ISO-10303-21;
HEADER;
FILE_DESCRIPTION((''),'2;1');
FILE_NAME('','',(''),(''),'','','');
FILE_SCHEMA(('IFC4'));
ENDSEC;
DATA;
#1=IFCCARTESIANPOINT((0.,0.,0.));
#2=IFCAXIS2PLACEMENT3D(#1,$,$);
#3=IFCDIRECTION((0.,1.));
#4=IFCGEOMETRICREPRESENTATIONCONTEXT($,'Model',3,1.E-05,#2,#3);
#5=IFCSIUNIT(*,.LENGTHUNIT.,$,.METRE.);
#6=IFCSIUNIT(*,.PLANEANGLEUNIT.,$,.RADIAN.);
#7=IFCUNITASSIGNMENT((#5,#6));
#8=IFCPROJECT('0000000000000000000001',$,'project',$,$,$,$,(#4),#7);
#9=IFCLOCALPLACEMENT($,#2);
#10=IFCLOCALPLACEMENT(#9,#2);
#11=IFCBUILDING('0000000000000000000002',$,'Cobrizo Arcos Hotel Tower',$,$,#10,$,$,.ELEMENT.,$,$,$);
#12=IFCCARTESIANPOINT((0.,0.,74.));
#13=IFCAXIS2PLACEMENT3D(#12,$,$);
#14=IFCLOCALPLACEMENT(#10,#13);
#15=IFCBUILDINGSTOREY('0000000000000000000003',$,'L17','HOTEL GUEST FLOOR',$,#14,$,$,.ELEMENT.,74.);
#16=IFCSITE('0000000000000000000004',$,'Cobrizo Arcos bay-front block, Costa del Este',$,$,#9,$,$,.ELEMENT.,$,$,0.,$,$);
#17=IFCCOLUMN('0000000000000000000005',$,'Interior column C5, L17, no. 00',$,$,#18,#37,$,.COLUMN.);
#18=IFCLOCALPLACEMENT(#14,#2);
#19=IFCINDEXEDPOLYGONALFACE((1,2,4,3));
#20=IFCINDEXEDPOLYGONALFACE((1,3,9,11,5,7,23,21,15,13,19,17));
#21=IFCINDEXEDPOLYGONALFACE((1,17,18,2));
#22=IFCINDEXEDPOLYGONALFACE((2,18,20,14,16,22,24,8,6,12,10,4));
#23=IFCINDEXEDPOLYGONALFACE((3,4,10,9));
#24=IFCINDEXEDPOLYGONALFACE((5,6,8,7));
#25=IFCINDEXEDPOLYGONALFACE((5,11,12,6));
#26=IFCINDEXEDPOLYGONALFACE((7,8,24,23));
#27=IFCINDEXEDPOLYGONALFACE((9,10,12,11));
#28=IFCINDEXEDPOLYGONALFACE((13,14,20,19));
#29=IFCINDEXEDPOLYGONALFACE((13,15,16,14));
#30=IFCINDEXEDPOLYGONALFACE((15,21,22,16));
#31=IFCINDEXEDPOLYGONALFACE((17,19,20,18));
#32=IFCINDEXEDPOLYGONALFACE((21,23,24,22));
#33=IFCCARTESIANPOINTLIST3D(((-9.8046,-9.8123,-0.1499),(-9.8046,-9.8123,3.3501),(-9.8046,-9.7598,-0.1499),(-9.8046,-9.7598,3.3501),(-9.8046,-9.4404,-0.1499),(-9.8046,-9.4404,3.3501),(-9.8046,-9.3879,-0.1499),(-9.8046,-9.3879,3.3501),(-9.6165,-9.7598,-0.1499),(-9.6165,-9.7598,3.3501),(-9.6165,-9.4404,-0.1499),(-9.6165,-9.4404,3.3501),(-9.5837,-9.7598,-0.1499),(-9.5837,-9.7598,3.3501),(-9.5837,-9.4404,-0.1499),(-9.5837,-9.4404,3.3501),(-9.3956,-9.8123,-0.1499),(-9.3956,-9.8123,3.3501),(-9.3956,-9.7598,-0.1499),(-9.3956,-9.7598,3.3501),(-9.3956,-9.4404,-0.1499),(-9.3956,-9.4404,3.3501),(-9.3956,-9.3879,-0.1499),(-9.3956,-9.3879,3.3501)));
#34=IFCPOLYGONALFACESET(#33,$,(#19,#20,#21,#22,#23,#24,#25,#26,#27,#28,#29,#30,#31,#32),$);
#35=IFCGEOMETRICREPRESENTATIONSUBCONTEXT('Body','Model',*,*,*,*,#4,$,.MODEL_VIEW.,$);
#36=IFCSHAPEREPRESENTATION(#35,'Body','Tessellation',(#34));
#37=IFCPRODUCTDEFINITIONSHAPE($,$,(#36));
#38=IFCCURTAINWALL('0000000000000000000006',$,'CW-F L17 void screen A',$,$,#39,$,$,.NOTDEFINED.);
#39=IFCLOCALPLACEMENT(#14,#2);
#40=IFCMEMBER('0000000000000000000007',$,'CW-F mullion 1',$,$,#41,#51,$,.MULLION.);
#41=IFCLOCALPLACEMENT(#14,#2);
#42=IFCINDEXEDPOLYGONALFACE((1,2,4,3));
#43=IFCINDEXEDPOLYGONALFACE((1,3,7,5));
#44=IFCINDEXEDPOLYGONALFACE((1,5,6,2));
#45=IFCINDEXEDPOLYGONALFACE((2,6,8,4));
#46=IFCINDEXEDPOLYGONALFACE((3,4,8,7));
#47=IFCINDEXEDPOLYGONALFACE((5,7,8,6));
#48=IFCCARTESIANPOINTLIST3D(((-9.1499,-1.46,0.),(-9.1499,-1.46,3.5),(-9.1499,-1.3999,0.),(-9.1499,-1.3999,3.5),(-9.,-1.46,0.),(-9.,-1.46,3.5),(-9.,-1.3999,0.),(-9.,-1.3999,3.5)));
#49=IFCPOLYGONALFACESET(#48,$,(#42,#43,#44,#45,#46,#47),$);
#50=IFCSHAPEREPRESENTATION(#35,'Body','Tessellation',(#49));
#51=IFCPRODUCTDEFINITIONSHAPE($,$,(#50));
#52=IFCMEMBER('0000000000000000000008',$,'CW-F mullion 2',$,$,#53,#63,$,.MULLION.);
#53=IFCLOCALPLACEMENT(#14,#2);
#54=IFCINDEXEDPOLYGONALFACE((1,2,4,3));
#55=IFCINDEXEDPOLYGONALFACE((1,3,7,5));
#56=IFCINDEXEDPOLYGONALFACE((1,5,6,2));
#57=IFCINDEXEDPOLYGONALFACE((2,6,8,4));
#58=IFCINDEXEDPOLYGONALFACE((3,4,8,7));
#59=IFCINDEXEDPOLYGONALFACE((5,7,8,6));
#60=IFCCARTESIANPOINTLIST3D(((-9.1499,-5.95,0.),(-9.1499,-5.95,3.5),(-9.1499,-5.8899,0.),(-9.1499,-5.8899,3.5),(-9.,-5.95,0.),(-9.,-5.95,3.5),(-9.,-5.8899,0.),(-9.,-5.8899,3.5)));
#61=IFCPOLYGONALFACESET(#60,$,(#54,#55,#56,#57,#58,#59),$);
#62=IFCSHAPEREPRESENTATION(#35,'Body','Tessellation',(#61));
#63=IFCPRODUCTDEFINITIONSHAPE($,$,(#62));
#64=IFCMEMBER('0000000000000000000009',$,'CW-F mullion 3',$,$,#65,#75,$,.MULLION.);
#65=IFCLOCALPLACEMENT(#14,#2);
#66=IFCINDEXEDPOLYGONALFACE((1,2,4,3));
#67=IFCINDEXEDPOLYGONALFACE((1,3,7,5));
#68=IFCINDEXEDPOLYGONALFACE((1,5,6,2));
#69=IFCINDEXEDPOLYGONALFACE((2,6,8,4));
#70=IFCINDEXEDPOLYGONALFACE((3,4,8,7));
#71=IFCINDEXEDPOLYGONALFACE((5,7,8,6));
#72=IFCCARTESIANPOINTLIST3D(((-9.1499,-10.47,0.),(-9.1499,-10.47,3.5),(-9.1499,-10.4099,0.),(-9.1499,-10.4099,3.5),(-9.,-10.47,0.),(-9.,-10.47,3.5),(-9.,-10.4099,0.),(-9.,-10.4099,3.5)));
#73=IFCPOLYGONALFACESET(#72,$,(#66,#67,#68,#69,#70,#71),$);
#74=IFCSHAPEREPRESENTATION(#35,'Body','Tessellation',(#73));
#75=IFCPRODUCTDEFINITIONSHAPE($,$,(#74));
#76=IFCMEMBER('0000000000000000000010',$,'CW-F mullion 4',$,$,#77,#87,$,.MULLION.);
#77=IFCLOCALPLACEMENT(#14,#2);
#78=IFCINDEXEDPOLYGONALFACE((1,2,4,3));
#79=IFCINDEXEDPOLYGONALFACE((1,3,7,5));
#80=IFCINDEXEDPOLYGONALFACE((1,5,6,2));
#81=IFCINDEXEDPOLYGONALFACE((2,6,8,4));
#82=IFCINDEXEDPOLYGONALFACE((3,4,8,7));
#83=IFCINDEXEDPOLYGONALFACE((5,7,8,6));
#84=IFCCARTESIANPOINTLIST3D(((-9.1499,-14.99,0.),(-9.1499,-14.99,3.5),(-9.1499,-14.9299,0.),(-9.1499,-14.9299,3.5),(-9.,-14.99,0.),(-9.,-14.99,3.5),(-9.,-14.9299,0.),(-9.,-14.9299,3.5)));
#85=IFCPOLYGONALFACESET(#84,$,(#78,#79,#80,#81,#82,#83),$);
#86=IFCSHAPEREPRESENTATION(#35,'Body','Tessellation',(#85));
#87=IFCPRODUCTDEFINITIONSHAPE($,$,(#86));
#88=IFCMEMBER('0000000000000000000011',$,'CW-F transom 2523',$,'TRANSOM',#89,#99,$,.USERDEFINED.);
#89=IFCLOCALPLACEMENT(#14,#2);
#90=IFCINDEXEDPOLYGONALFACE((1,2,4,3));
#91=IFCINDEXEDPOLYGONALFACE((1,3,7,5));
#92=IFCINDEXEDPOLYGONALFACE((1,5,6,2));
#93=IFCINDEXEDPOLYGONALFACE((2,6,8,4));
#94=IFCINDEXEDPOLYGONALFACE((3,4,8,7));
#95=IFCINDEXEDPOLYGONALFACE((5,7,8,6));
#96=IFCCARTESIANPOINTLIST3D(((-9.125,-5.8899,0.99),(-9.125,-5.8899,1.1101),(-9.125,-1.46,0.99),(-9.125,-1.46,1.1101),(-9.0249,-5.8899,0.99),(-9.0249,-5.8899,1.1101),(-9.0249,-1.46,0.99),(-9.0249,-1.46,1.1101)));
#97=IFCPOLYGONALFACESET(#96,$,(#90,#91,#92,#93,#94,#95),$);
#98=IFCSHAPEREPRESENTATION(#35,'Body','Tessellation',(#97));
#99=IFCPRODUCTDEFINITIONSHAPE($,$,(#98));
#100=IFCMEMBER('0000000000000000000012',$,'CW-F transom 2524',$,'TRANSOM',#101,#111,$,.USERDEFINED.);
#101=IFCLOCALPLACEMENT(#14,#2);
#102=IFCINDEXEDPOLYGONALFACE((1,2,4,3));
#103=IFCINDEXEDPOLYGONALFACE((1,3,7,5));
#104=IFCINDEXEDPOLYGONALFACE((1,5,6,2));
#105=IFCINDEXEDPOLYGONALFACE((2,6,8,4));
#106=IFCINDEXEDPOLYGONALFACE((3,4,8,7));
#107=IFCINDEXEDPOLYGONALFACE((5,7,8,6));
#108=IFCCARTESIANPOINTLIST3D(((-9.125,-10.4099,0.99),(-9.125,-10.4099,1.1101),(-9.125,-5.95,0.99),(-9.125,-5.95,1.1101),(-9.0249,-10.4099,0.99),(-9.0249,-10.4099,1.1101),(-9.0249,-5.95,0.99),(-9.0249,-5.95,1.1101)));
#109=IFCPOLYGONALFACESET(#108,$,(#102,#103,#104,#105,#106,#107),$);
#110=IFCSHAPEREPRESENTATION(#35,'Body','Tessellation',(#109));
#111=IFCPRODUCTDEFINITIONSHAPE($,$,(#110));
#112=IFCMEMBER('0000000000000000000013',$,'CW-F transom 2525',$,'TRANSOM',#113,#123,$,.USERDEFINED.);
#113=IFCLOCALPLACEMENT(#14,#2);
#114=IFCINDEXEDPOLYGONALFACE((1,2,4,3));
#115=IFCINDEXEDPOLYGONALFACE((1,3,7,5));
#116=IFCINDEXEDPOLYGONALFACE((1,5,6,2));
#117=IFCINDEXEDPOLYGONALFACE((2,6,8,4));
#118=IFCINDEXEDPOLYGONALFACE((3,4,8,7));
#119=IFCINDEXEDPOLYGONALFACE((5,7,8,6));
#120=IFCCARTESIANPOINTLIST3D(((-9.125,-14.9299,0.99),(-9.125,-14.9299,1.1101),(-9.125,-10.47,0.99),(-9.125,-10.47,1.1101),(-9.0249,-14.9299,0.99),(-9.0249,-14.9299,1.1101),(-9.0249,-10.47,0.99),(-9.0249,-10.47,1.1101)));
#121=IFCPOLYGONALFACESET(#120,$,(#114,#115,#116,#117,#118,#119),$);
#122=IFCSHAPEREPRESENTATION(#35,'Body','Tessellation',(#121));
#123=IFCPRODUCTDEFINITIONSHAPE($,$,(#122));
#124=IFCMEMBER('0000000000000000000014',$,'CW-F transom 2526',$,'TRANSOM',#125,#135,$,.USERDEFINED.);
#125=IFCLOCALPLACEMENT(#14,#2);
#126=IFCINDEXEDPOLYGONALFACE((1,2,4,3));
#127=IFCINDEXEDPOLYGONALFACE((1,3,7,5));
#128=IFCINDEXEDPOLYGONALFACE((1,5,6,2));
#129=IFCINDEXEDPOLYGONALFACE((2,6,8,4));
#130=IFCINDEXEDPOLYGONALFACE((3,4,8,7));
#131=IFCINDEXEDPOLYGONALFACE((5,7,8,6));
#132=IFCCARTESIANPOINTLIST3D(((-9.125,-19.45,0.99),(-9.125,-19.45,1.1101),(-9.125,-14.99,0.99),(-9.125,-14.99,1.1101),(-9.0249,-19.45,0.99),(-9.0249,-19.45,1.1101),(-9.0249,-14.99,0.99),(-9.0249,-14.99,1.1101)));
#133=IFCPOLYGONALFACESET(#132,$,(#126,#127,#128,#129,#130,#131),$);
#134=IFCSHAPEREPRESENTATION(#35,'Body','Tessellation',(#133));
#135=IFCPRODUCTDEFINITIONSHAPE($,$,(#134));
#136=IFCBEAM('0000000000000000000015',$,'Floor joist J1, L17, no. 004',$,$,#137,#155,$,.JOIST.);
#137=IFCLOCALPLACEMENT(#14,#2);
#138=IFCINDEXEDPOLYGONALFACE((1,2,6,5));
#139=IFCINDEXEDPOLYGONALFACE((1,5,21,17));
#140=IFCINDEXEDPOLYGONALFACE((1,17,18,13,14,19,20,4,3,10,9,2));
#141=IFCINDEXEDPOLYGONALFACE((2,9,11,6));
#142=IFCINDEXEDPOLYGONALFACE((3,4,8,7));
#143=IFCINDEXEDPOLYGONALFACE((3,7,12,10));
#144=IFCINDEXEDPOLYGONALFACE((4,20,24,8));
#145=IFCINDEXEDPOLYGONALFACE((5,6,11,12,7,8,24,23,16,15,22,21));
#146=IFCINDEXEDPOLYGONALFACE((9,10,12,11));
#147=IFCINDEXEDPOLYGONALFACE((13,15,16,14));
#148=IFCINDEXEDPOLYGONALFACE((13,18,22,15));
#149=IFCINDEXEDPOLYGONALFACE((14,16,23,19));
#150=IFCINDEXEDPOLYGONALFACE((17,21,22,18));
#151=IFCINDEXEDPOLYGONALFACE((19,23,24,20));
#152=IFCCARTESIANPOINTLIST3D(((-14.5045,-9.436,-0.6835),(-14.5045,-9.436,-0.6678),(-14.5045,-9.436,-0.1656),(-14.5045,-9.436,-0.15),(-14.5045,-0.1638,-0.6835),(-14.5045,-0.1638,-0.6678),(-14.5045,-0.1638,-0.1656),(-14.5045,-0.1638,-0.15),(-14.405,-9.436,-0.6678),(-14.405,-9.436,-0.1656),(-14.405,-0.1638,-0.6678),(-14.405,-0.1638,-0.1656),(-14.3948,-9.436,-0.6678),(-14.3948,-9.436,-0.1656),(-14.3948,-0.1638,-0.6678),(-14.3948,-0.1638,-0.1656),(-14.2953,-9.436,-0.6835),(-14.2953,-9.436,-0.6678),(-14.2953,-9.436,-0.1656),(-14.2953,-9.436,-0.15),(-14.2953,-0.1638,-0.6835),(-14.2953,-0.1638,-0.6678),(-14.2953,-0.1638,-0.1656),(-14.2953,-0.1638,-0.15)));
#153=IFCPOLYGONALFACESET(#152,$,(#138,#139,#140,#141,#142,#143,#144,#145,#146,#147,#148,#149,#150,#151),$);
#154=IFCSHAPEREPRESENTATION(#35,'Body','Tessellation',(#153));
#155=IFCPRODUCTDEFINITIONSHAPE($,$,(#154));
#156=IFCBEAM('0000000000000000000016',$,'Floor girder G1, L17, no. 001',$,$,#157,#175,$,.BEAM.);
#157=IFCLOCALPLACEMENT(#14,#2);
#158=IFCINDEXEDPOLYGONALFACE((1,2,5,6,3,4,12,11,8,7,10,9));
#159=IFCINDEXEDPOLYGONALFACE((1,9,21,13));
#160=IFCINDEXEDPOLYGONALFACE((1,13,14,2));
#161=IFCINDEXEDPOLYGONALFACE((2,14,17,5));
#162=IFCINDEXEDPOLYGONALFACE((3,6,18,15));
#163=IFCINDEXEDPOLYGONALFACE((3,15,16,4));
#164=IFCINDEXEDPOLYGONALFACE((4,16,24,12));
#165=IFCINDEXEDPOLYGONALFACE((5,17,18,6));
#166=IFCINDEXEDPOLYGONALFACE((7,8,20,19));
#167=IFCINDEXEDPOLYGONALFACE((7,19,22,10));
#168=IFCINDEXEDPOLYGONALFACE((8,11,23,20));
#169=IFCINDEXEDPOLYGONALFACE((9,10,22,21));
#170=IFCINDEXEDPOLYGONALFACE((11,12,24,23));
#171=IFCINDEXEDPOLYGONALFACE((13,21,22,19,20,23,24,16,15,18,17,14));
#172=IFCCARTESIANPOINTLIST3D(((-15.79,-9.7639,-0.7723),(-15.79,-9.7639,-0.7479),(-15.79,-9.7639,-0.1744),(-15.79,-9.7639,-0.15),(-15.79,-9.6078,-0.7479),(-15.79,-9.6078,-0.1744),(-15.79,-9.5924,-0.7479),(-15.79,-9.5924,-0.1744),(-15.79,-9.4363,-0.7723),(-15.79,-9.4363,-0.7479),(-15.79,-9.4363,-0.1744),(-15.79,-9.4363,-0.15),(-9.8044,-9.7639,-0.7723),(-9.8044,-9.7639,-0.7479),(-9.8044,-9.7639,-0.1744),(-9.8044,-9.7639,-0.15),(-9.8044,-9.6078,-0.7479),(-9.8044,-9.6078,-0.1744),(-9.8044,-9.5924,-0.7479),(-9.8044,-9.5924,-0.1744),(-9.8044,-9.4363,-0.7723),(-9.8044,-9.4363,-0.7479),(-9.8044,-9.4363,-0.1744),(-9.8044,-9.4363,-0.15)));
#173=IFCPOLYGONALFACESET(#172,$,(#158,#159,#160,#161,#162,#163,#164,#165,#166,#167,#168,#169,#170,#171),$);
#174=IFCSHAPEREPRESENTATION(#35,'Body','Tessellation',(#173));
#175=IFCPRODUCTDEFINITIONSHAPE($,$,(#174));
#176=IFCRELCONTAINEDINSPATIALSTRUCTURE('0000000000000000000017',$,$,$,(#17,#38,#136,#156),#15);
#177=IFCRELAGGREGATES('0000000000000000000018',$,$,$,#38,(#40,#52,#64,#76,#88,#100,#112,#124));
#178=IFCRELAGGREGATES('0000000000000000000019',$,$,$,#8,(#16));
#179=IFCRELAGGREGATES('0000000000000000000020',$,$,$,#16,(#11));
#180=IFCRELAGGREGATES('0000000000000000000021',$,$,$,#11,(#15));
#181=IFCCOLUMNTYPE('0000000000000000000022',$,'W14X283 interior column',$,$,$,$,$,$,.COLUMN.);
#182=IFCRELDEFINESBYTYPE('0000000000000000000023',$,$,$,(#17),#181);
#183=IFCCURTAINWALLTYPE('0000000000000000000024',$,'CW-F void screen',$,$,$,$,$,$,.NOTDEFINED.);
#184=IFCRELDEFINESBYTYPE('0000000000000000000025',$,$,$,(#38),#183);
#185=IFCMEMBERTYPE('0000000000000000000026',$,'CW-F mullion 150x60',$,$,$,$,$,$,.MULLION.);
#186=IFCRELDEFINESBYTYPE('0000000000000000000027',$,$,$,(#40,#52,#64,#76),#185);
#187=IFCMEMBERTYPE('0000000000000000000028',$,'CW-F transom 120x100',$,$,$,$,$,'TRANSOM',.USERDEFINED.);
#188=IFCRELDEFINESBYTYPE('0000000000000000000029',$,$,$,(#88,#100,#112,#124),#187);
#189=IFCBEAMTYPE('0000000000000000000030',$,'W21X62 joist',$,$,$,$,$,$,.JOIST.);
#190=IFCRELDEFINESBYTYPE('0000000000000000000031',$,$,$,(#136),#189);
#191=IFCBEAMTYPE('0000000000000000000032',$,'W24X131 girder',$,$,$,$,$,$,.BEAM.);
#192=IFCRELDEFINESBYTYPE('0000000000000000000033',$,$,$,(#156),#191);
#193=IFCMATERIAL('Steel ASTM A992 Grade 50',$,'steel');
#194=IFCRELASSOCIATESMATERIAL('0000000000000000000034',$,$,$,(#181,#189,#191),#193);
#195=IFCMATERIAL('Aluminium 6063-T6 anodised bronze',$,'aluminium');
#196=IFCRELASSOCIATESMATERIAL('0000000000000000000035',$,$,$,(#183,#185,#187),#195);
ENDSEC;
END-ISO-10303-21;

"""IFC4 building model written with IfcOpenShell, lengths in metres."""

from ifc_helpers import new_model, si_unit, direction, frame, origin, origin_2d, place, context, subcontext, project, spatial, rectangle, i_section, extrude, material, material_profile, profile_set, type_object, element, aggregate, save


model = new_model("IFC4")

# Units and contexts
model_context = context("Model", 3, precision=1e-05, world=origin(), true_north=direction((0.0, 1.0)))
body_context = subcontext(model_context, "Body", "Model", "MODEL_VIEW")
ifc_project = project(units=[si_unit("LENGTHUNIT", "METRE"), si_unit("PLANEANGLEUNIT", "RADIAN")], contexts=[model_context])

# Site, building, storey
site_placement = place(None, origin())
site = spatial("IfcSite", under=ifc_project, at=site_placement, Name="Cobrizo Arcos bay-front block, Costa del Este", CompositionType="ELEMENT", RefElevation=0.0)
building_placement = place(site_placement, origin())
building = spatial("IfcBuilding", under=site, at=building_placement, Name="Cobrizo Arcos Hotel Tower", CompositionType="ELEMENT")
storey_placement = place(building_placement, frame((0.0, 0.0, 74.0)))
storey = spatial("IfcBuildingStorey", under=building, at=storey_placement, Name="L17", Description="HOTEL GUEST FLOOR", CompositionType="ELEMENT", Elevation=74.0)

# Column
ifc_material_1 = material(Name="Steel ASTM A992 Grade 50", Category="steel")
ifc_material_profile_1 = material_profile(ifc_material_1, i_section(OverallWidth=0.4089, OverallDepth=0.4243, WebThickness=0.0327, FlangeThickness=0.0525, at=origin_2d()), Name="W14X283")
ifc_profile_set_1 = profile_set([ifc_material_profile_1], Name="Steel ASTM A992 Grade 50")
column_type = type_object("IfcColumnType", Name="W14X283 interior column", PredefinedType="COLUMN", material=ifc_profile_set_1)
column_placement = place(storey_placement, frame((-9.6001, -9.6001, -0.1499), z_axis=(0.0, 0.0, 1.0), x_axis=(1.0, 0.0, 0.0)))
element("IfcColumn", 1, at=column_placement, inside=storey, type_object=column_type, Name="Interior column C5, L17, no. 00", PredefinedType="COLUMN", context=body_context, shape_type="SweptSolid", body=[
    extrude(i_section(OverallWidth=0.4089, OverallDepth=0.4243, WebThickness=0.0327, FlangeThickness=0.0525, at=origin_2d()), origin(), (0.0, 0.0, 1.0), 3.5),
])

# Curtain wall, members
ifc_material_2 = material(Name="Aluminium 6063-T6 anodised bronze", Category="aluminium")
curtain_wall_type = type_object("IfcCurtainWallType", Name="CW-F void screen", PredefinedType="NOTDEFINED", material=ifc_material_2)
curtain_wall_placement = place(storey_placement, origin())
curtain_wall = element("IfcCurtainWall", 2, at=curtain_wall_placement, inside=storey, type_object=curtain_wall_type, Name="CW-F L17 void screen A", PredefinedType="NOTDEFINED")
ifc_material_profile_2 = material_profile(ifc_material_2, rectangle(XDim=0.1499, YDim=0.0601, at=origin_2d()), Name="CW-F mullion 150x60")
ifc_profile_set_2 = profile_set([ifc_material_profile_2], Name="Aluminium 6063-T6 anodised bronze")
member_type_1 = type_object("IfcMemberType", Name="CW-F mullion 150x60", PredefinedType="MULLION", material=ifc_profile_set_2)
member_1_placement = place(storey_placement, frame((-9.075, -1.4299, 0.0), z_axis=(0.0, 0.0, 1.0), x_axis=(-1.0, 0.0, 0.0)))
member_1 = element("IfcMember", 3, at=member_1_placement, type_object=member_type_1, Name="CW-F mullion 1", PredefinedType="MULLION", context=body_context, shape_type="SweptSolid", body=[
    extrude(rectangle(XDim=0.1499, YDim=0.0601, at=origin_2d()), origin(), (0.0, 0.0, 1.0), 3.5),
])
member_2_placement = place(storey_placement, frame((-9.075, -5.9199, 0.0), z_axis=(0.0, 0.0, 1.0), x_axis=(-1.0, 0.0, 0.0)))
member_2 = element("IfcMember", 4, at=member_2_placement, type_object=member_type_1, Name="CW-F mullion 2", PredefinedType="MULLION", context=body_context, shape_type="SweptSolid", body=[
    extrude(rectangle(XDim=0.1499, YDim=0.0601, at=origin_2d()), origin(), (0.0, 0.0, 1.0), 3.5),
])
member_3_placement = place(storey_placement, frame((-9.075, -10.4399, 0.0), z_axis=(0.0, 0.0, 1.0), x_axis=(-1.0, 0.0, 0.0)))
member_3 = element("IfcMember", 5, at=member_3_placement, type_object=member_type_1, Name="CW-F mullion 3", PredefinedType="MULLION", context=body_context, shape_type="SweptSolid", body=[
    extrude(rectangle(XDim=0.1499, YDim=0.0601, at=origin_2d()), origin(), (0.0, 0.0, 1.0), 3.5),
])
member_4_placement = place(storey_placement, frame((-9.075, -14.96, 0.0), z_axis=(0.0, 0.0, 1.0), x_axis=(-1.0, 0.0, 0.0)))
member_4 = element("IfcMember", 6, at=member_4_placement, type_object=member_type_1, Name="CW-F mullion 4", PredefinedType="MULLION", context=body_context, shape_type="SweptSolid", body=[
    extrude(rectangle(XDim=0.1499, YDim=0.0601, at=origin_2d()), origin(), (0.0, 0.0, 1.0), 3.5),
])
ifc_material_profile_3 = material_profile(ifc_material_2, rectangle(XDim=0.1001, YDim=0.1201, at=origin_2d()), Name="CW-F transom 120x100")
ifc_profile_set_3 = profile_set([ifc_material_profile_3], Name="Aluminium 6063-T6 anodised bronze")
member_type_2 = type_object("IfcMemberType", Name="CW-F transom 120x100", ElementType="TRANSOM", PredefinedType="USERDEFINED", material=ifc_profile_set_3)
member_5_placement = place(storey_placement, frame((-9.075, -1.46, 1.05), z_axis=(0.0, -1.0, 0.0), x_axis=(1.0, 0.0, 0.0)))
member_5 = element("IfcMember", 7, at=member_5_placement, type_object=member_type_2, Name="CW-F transom 2523", ObjectType="TRANSOM", PredefinedType="USERDEFINED", context=body_context, shape_type="SweptSolid", body=[
    extrude(rectangle(XDim=0.1001, YDim=0.1201, at=origin_2d()), origin(), (0.0, 0.0, 1.0), 4.4299),
])
member_6_placement = place(storey_placement, frame((-9.075, -5.95, 1.05), z_axis=(0.0, -1.0, 0.0), x_axis=(1.0, 0.0, 0.0)))
member_6 = element("IfcMember", 8, at=member_6_placement, type_object=member_type_2, Name="CW-F transom 2524", ObjectType="TRANSOM", PredefinedType="USERDEFINED", context=body_context, shape_type="SweptSolid", body=[
    extrude(rectangle(XDim=0.1001, YDim=0.1201, at=origin_2d()), origin(), (0.0, 0.0, 1.0), 4.46),
])
member_7_placement = place(storey_placement, frame((-9.075, -10.47, 1.05), z_axis=(0.0, -1.0, 0.0), x_axis=(1.0, 0.0, 0.0)))
member_7 = element("IfcMember", 9, at=member_7_placement, type_object=member_type_2, Name="CW-F transom 2525", ObjectType="TRANSOM", PredefinedType="USERDEFINED", context=body_context, shape_type="SweptSolid", body=[
    extrude(rectangle(XDim=0.1001, YDim=0.1201, at=origin_2d()), origin(), (0.0, 0.0, 1.0), 4.46),
])
member_8_placement = place(storey_placement, frame((-9.075, -14.99, 1.05), z_axis=(0.0, -1.0, 0.0), x_axis=(1.0, 0.0, 0.0)))
member_8 = element("IfcMember", 10, at=member_8_placement, type_object=member_type_2, Name="CW-F transom 2526", ObjectType="TRANSOM", PredefinedType="USERDEFINED", context=body_context, shape_type="SweptSolid", body=[
    extrude(rectangle(XDim=0.1001, YDim=0.1201, at=origin_2d()), origin(), (0.0, 0.0, 1.0), 4.46),
])

# Beams
ifc_material_profile_4 = material_profile(ifc_material_1, i_section(OverallWidth=0.2092, OverallDepth=0.5334, WebThickness=0.0103, FlangeThickness=0.0156, at=origin_2d()), Name="W21X62")
ifc_profile_set_4 = profile_set([ifc_material_profile_4], Name="Steel ASTM A992 Grade 50")
beam_type_1 = type_object("IfcBeamType", Name="W21X62 joist", PredefinedType="JOIST", material=ifc_profile_set_4)
beam_1_placement = place(storey_placement, frame((-14.3999, -9.436, -0.4167), z_axis=(0.0, 1.0, 0.0), x_axis=(-1.0, 0.0, 0.0)))
element("IfcBeam", 11, at=beam_1_placement, inside=storey, type_object=beam_type_1, Name="Floor joist J1, L17, no. 004", PredefinedType="JOIST", context=body_context, shape_type="SweptSolid", body=[
    extrude(i_section(OverallWidth=0.2092, OverallDepth=0.5334, WebThickness=0.0103, FlangeThickness=0.0156, at=origin_2d()), origin(), (0.0, 0.0, 1.0), 9.2722),
])
ifc_material_profile_5 = material_profile(ifc_material_1, i_section(OverallWidth=0.3276, OverallDepth=0.6223, WebThickness=0.0154, FlangeThickness=0.0244, at=origin_2d()), Name="W24X131")
ifc_profile_set_5 = profile_set([ifc_material_profile_5], Name="Steel ASTM A992 Grade 50")
beam_type_2 = type_object("IfcBeamType", Name="W24X131 girder", PredefinedType="BEAM", material=ifc_profile_set_5)
beam_2_placement = place(storey_placement, frame((-15.79, -9.6001, -0.4612), z_axis=(1.0, 0.0, 0.0), x_axis=(0.0, 1.0, 0.0)))
element("IfcBeam", 12, at=beam_2_placement, inside=storey, type_object=beam_type_2, Name="Floor girder G1, L17, no. 001", PredefinedType="BEAM", context=body_context, shape_type="SweptSolid", body=[
    extrude(i_section(OverallWidth=0.3276, OverallDepth=0.6223, WebThickness=0.0154, FlangeThickness=0.0244, at=origin_2d()), origin(), (0.0, 0.0, 1.0), 5.9856),
])

aggregate(curtain_wall, [member_1, member_2, member_3, member_4, member_5, member_6, member_7, member_8])

save(model, "model.ifc")
